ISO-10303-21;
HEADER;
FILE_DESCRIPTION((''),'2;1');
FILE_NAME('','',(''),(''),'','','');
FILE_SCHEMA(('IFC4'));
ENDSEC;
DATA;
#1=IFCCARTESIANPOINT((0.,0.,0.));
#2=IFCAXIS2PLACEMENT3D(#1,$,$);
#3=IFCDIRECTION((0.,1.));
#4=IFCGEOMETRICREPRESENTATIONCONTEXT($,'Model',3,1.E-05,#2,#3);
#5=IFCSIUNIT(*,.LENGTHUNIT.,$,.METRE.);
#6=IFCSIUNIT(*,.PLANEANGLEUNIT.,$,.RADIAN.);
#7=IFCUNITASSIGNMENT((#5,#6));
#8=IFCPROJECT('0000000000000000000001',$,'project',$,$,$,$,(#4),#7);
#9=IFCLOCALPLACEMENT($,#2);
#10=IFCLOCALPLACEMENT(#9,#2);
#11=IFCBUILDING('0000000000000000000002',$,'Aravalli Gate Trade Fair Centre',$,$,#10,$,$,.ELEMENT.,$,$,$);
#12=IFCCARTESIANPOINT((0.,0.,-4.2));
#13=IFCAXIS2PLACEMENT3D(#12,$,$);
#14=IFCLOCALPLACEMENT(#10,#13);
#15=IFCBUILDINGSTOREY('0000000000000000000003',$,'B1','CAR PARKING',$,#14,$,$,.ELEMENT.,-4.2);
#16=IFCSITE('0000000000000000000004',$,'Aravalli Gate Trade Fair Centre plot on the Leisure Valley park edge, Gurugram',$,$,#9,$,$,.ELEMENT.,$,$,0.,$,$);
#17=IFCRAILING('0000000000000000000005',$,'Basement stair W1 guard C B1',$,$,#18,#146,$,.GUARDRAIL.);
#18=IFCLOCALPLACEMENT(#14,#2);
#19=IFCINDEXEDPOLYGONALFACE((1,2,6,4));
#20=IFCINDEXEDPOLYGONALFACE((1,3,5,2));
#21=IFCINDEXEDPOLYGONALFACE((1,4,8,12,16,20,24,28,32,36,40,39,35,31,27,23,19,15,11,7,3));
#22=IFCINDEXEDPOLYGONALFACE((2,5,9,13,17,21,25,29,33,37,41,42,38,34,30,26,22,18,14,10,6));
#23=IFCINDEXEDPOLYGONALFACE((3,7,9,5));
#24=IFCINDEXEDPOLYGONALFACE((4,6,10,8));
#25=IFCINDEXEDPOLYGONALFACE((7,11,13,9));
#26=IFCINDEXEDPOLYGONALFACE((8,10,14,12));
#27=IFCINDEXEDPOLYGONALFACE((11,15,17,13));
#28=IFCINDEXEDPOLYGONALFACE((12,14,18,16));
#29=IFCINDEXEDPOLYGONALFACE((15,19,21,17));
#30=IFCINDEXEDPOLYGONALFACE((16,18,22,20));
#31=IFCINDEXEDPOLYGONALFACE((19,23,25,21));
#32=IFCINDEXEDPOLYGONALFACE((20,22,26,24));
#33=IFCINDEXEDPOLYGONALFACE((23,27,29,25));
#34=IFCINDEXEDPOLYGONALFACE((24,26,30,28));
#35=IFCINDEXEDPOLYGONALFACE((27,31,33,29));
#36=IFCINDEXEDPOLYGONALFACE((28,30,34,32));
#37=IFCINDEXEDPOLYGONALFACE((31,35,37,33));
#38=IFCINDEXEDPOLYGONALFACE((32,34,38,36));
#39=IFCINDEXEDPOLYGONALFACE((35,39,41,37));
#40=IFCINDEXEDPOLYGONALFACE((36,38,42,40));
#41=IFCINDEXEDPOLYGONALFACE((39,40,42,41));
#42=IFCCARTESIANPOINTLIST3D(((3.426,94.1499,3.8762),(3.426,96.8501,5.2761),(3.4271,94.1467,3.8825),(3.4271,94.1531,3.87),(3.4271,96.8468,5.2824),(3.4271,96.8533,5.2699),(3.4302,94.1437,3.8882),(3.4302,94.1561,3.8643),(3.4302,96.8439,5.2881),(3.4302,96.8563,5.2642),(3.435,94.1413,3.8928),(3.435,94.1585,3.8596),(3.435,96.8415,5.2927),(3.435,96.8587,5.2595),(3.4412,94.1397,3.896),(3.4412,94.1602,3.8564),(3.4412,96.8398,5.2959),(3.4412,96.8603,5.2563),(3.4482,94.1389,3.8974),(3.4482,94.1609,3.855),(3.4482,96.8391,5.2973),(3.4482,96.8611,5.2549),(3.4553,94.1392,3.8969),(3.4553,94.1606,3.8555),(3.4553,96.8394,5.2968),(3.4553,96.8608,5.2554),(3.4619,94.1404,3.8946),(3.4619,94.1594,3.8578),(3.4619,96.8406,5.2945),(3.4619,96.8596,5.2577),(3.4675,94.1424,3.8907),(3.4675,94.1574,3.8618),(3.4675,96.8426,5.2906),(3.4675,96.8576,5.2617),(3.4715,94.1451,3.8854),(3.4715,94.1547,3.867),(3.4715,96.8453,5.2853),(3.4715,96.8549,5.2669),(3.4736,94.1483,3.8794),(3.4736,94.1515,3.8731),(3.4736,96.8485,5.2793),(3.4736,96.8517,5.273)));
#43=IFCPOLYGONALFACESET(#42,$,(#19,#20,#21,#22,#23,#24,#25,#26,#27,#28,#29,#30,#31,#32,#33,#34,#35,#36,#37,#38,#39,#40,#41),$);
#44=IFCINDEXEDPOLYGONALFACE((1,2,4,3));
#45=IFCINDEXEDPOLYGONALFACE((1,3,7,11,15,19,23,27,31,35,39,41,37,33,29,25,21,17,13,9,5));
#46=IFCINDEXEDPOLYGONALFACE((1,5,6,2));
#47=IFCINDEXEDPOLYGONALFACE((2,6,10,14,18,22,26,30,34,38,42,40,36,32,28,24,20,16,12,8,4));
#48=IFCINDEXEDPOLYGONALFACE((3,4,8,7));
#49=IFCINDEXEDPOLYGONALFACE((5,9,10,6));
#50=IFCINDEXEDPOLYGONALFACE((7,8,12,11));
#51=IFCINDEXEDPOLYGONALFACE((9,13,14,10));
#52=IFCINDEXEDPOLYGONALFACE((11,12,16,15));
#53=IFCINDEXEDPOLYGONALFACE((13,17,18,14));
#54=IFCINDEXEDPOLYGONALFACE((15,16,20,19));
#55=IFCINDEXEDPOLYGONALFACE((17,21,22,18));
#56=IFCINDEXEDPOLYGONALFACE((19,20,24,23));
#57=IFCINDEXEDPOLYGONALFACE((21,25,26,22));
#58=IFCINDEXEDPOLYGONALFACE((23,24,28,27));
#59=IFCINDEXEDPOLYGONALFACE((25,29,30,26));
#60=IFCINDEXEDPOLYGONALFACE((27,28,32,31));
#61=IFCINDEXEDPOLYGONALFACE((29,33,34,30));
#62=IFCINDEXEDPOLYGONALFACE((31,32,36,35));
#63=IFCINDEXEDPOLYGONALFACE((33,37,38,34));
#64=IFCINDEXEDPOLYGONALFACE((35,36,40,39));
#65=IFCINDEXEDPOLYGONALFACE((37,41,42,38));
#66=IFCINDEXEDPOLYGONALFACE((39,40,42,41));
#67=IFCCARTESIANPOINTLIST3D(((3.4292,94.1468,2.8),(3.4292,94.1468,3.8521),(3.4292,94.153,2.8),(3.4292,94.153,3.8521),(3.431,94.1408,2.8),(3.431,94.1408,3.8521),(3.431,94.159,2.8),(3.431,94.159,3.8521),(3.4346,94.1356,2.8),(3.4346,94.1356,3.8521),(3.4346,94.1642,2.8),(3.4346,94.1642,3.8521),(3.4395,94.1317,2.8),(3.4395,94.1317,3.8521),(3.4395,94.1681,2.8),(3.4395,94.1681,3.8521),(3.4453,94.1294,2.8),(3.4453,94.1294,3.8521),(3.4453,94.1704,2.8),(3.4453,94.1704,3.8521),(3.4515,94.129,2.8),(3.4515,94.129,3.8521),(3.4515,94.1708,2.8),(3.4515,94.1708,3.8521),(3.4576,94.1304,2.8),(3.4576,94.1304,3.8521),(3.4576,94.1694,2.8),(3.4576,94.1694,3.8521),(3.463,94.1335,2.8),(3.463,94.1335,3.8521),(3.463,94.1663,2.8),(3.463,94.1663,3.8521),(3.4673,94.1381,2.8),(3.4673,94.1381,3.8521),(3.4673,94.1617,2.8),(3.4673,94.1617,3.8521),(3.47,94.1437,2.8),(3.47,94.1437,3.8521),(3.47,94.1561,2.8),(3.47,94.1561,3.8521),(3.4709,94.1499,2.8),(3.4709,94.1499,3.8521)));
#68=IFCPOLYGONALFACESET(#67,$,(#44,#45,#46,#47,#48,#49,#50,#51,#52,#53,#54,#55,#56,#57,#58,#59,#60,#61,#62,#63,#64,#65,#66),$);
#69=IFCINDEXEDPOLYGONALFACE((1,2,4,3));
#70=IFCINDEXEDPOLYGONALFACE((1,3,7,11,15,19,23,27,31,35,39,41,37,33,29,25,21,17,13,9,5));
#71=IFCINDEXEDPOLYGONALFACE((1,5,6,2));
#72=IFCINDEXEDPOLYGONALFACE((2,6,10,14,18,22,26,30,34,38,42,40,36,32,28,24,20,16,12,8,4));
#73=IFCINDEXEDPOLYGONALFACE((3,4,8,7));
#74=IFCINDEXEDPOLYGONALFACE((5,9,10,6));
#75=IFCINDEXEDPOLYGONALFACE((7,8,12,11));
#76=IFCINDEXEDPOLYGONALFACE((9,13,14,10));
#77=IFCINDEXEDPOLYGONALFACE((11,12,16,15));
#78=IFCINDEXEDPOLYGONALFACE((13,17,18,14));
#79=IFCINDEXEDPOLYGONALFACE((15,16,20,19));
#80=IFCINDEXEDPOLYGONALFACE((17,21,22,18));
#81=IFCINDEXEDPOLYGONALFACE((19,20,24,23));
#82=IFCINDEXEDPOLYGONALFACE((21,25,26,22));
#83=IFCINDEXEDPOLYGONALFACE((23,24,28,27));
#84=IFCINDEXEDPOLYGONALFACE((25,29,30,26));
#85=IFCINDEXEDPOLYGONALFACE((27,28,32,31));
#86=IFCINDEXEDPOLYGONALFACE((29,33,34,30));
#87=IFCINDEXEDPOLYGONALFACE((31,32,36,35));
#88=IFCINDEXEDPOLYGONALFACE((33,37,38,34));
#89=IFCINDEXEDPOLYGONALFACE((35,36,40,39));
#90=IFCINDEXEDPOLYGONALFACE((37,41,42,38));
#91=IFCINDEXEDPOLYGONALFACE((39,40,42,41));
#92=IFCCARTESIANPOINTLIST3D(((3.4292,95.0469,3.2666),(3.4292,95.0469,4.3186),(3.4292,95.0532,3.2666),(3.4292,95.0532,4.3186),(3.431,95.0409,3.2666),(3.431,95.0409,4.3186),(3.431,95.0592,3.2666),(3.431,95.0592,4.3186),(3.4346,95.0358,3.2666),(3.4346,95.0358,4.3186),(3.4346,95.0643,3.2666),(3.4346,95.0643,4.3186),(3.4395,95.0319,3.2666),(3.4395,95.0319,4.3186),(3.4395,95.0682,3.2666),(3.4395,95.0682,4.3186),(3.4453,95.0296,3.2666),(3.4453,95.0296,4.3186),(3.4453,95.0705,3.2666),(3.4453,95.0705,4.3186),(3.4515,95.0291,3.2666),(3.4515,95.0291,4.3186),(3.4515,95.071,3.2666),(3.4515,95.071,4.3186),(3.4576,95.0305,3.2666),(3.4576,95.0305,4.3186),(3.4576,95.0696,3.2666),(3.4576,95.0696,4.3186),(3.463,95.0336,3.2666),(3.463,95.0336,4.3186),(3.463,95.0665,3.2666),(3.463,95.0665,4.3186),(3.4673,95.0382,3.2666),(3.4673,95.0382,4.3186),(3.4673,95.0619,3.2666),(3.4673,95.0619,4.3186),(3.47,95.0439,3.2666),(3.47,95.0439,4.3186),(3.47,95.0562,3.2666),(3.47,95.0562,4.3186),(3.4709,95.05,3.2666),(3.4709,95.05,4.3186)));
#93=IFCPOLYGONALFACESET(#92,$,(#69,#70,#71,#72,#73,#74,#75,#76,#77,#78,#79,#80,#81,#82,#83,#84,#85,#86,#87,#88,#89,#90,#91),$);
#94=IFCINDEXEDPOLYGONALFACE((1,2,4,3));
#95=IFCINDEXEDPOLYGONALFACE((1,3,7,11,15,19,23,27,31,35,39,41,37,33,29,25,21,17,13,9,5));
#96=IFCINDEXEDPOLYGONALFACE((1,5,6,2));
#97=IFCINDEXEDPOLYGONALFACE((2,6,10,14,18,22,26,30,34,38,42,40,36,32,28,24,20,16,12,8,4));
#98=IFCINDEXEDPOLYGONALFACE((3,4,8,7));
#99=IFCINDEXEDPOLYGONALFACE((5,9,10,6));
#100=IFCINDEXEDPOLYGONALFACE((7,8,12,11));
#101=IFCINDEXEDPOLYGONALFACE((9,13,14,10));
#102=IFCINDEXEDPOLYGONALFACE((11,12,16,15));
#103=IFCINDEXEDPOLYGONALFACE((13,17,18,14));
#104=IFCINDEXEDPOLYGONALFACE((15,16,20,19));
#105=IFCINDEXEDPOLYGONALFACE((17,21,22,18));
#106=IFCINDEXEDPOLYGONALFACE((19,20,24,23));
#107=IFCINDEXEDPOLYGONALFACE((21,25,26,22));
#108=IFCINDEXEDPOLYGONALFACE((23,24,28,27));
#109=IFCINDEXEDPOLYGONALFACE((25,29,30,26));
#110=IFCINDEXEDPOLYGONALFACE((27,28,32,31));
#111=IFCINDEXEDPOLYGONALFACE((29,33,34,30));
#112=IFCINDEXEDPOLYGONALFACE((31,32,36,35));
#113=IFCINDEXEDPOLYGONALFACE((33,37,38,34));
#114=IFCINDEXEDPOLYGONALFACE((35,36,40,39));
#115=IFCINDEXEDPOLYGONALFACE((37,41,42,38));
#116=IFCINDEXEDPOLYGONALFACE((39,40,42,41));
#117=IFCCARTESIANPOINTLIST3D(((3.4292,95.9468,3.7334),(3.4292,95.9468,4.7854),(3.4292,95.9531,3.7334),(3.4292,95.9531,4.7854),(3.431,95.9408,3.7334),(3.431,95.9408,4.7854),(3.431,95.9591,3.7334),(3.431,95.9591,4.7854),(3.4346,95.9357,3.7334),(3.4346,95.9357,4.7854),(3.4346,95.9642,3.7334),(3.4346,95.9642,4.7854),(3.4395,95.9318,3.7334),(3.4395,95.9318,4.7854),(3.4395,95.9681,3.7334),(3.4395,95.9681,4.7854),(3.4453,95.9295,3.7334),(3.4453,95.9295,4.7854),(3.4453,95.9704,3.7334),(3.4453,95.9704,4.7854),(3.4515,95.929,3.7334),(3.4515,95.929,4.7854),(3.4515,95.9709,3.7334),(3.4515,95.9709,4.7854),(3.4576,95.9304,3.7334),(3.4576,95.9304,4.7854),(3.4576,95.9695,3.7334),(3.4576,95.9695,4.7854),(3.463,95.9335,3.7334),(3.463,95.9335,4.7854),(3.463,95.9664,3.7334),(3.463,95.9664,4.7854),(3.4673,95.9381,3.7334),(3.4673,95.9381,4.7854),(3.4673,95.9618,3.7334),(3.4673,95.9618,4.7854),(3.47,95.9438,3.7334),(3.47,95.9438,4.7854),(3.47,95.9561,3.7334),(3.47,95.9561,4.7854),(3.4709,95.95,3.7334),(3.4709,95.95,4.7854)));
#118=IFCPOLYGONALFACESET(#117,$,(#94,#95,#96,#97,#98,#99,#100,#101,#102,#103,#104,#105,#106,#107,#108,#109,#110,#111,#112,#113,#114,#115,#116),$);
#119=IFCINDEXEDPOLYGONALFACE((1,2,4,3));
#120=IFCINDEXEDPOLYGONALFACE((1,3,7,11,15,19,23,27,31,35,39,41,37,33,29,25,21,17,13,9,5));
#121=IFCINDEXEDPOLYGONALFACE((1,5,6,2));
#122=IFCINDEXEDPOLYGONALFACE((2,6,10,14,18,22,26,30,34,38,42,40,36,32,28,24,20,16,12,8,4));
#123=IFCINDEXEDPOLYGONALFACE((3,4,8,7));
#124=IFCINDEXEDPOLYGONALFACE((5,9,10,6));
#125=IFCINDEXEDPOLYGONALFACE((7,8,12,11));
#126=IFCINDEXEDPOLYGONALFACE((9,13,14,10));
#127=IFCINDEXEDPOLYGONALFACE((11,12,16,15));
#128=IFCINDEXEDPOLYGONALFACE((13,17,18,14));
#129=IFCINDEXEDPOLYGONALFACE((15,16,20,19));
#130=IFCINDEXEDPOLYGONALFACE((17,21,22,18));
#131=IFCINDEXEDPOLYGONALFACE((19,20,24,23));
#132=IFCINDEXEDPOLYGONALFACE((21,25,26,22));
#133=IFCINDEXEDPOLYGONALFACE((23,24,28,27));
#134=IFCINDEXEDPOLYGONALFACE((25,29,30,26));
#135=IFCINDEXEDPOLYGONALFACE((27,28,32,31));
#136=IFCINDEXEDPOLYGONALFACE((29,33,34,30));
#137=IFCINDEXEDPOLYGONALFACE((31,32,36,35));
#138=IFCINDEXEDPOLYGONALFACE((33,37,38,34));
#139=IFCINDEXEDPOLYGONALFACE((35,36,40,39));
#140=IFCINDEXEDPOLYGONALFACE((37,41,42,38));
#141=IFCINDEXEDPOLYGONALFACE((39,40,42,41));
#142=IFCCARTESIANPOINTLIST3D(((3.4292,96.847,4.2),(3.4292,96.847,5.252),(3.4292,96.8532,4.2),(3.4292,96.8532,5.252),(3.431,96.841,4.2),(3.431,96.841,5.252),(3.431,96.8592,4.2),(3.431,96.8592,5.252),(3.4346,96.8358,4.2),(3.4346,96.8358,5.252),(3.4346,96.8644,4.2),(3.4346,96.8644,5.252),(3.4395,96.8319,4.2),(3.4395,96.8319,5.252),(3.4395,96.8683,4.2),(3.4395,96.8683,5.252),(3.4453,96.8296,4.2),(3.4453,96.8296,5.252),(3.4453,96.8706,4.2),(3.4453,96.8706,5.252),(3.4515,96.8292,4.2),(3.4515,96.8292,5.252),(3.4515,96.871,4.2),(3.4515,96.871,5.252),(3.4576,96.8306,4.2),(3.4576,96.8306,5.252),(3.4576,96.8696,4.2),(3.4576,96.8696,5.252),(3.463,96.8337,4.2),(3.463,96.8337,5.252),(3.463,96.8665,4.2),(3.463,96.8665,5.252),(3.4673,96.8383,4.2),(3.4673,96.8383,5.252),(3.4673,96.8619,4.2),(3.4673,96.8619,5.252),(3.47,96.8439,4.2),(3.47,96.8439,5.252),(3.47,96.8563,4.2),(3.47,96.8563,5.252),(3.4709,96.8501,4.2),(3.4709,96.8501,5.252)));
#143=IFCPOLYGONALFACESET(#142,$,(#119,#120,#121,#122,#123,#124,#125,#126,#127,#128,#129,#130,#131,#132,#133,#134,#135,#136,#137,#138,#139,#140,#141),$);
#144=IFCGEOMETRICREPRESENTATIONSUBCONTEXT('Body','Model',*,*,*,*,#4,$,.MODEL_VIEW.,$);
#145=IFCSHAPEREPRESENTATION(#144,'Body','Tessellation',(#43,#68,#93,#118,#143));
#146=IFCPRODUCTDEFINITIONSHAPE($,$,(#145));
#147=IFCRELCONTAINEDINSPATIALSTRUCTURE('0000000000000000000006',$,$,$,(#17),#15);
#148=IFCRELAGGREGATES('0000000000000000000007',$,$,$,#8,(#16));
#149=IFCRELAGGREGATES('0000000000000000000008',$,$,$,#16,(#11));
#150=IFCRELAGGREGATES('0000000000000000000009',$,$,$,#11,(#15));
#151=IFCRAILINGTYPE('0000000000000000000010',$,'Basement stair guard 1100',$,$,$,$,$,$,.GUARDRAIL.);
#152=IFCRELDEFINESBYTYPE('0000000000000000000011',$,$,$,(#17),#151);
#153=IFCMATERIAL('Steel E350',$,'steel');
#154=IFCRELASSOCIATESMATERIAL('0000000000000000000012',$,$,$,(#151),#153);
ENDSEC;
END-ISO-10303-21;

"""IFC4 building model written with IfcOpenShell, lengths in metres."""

from ifc_helpers import new_model, si_unit, direction, frame, origin, origin_2d, place, context, subcontext, project, spatial, circle, extrude, material, type_object, element, save


model = new_model("IFC4")

# Units and contexts
model_context = context("Model", 3, precision=1e-05, world=origin(), true_north=direction((0.0, 1.0)))
body_context = subcontext(model_context, "Body", "Model", "MODEL_VIEW")
ifc_project = project(units=[si_unit("LENGTHUNIT", "METRE"), si_unit("PLANEANGLEUNIT", "RADIAN")], contexts=[model_context])

# Site, building, storey
site_placement = place(None, origin())
site = spatial("IfcSite", under=ifc_project, at=site_placement, Name="Aravalli Gate Trade Fair Centre plot on the Leisure Valley park edge, Gurugram", CompositionType="ELEMENT", RefElevation=0.0)
building_placement = place(site_placement, origin())
building = spatial("IfcBuilding", under=site, at=building_placement, Name="Aravalli Gate Trade Fair Centre", CompositionType="ELEMENT")
storey_placement = place(building_placement, frame((0.0, 0.0, -4.2)))
storey = spatial("IfcBuildingStorey", under=building, at=storey_placement, Name="B1", Description="CAR PARKING", CompositionType="ELEMENT", Elevation=-4.2)

# Railing
ifc_material_1 = material(Name="Steel E350", Category="steel")
railing_type_1 = type_object("IfcRailingType", Name="Basement stair guard 1100", PredefinedType="GUARDRAIL", material=ifc_material_1)
railing_1_placement = place(storey_placement, frame((3.45, 94.1499, 2.8)))
element("IfcRailing", 1, at=railing_1_placement, inside=storey, type_object=railing_type_1, Name="Basement stair W1 guard C B1", PredefinedType="GUARDRAIL", context=body_context, shape_type="SweptSolid", body=[
    extrude(circle(Radius=0.0239, at=origin_2d()), frame((0.0, 0.0, 1.0762), z_axis=(0.0, 0.887781, 0.460266), x_axis=(-1.0, 0.0, 0.0)), (0.0, 0.0, 1.0), 3.0415),
    extrude(circle(Radius=0.021, at=origin_2d()), origin(), (0.0, 0.0, 1.0), 1.052),
    extrude(circle(Radius=0.021, at=origin_2d()), frame((0.0, 0.9001, 0.4666)), (0.0, 0.0, 1.0), 1.052),
    extrude(circle(Radius=0.021, at=origin_2d()), frame((0.0, 1.8, 0.9333)), (0.0, 0.0, 1.0), 1.052),
    extrude(circle(Radius=0.021, at=origin_2d()), frame((0.0, 2.7002, 1.3999)), (0.0, 0.0, 1.0), 1.052),
])

save(model, "model.ifc")
